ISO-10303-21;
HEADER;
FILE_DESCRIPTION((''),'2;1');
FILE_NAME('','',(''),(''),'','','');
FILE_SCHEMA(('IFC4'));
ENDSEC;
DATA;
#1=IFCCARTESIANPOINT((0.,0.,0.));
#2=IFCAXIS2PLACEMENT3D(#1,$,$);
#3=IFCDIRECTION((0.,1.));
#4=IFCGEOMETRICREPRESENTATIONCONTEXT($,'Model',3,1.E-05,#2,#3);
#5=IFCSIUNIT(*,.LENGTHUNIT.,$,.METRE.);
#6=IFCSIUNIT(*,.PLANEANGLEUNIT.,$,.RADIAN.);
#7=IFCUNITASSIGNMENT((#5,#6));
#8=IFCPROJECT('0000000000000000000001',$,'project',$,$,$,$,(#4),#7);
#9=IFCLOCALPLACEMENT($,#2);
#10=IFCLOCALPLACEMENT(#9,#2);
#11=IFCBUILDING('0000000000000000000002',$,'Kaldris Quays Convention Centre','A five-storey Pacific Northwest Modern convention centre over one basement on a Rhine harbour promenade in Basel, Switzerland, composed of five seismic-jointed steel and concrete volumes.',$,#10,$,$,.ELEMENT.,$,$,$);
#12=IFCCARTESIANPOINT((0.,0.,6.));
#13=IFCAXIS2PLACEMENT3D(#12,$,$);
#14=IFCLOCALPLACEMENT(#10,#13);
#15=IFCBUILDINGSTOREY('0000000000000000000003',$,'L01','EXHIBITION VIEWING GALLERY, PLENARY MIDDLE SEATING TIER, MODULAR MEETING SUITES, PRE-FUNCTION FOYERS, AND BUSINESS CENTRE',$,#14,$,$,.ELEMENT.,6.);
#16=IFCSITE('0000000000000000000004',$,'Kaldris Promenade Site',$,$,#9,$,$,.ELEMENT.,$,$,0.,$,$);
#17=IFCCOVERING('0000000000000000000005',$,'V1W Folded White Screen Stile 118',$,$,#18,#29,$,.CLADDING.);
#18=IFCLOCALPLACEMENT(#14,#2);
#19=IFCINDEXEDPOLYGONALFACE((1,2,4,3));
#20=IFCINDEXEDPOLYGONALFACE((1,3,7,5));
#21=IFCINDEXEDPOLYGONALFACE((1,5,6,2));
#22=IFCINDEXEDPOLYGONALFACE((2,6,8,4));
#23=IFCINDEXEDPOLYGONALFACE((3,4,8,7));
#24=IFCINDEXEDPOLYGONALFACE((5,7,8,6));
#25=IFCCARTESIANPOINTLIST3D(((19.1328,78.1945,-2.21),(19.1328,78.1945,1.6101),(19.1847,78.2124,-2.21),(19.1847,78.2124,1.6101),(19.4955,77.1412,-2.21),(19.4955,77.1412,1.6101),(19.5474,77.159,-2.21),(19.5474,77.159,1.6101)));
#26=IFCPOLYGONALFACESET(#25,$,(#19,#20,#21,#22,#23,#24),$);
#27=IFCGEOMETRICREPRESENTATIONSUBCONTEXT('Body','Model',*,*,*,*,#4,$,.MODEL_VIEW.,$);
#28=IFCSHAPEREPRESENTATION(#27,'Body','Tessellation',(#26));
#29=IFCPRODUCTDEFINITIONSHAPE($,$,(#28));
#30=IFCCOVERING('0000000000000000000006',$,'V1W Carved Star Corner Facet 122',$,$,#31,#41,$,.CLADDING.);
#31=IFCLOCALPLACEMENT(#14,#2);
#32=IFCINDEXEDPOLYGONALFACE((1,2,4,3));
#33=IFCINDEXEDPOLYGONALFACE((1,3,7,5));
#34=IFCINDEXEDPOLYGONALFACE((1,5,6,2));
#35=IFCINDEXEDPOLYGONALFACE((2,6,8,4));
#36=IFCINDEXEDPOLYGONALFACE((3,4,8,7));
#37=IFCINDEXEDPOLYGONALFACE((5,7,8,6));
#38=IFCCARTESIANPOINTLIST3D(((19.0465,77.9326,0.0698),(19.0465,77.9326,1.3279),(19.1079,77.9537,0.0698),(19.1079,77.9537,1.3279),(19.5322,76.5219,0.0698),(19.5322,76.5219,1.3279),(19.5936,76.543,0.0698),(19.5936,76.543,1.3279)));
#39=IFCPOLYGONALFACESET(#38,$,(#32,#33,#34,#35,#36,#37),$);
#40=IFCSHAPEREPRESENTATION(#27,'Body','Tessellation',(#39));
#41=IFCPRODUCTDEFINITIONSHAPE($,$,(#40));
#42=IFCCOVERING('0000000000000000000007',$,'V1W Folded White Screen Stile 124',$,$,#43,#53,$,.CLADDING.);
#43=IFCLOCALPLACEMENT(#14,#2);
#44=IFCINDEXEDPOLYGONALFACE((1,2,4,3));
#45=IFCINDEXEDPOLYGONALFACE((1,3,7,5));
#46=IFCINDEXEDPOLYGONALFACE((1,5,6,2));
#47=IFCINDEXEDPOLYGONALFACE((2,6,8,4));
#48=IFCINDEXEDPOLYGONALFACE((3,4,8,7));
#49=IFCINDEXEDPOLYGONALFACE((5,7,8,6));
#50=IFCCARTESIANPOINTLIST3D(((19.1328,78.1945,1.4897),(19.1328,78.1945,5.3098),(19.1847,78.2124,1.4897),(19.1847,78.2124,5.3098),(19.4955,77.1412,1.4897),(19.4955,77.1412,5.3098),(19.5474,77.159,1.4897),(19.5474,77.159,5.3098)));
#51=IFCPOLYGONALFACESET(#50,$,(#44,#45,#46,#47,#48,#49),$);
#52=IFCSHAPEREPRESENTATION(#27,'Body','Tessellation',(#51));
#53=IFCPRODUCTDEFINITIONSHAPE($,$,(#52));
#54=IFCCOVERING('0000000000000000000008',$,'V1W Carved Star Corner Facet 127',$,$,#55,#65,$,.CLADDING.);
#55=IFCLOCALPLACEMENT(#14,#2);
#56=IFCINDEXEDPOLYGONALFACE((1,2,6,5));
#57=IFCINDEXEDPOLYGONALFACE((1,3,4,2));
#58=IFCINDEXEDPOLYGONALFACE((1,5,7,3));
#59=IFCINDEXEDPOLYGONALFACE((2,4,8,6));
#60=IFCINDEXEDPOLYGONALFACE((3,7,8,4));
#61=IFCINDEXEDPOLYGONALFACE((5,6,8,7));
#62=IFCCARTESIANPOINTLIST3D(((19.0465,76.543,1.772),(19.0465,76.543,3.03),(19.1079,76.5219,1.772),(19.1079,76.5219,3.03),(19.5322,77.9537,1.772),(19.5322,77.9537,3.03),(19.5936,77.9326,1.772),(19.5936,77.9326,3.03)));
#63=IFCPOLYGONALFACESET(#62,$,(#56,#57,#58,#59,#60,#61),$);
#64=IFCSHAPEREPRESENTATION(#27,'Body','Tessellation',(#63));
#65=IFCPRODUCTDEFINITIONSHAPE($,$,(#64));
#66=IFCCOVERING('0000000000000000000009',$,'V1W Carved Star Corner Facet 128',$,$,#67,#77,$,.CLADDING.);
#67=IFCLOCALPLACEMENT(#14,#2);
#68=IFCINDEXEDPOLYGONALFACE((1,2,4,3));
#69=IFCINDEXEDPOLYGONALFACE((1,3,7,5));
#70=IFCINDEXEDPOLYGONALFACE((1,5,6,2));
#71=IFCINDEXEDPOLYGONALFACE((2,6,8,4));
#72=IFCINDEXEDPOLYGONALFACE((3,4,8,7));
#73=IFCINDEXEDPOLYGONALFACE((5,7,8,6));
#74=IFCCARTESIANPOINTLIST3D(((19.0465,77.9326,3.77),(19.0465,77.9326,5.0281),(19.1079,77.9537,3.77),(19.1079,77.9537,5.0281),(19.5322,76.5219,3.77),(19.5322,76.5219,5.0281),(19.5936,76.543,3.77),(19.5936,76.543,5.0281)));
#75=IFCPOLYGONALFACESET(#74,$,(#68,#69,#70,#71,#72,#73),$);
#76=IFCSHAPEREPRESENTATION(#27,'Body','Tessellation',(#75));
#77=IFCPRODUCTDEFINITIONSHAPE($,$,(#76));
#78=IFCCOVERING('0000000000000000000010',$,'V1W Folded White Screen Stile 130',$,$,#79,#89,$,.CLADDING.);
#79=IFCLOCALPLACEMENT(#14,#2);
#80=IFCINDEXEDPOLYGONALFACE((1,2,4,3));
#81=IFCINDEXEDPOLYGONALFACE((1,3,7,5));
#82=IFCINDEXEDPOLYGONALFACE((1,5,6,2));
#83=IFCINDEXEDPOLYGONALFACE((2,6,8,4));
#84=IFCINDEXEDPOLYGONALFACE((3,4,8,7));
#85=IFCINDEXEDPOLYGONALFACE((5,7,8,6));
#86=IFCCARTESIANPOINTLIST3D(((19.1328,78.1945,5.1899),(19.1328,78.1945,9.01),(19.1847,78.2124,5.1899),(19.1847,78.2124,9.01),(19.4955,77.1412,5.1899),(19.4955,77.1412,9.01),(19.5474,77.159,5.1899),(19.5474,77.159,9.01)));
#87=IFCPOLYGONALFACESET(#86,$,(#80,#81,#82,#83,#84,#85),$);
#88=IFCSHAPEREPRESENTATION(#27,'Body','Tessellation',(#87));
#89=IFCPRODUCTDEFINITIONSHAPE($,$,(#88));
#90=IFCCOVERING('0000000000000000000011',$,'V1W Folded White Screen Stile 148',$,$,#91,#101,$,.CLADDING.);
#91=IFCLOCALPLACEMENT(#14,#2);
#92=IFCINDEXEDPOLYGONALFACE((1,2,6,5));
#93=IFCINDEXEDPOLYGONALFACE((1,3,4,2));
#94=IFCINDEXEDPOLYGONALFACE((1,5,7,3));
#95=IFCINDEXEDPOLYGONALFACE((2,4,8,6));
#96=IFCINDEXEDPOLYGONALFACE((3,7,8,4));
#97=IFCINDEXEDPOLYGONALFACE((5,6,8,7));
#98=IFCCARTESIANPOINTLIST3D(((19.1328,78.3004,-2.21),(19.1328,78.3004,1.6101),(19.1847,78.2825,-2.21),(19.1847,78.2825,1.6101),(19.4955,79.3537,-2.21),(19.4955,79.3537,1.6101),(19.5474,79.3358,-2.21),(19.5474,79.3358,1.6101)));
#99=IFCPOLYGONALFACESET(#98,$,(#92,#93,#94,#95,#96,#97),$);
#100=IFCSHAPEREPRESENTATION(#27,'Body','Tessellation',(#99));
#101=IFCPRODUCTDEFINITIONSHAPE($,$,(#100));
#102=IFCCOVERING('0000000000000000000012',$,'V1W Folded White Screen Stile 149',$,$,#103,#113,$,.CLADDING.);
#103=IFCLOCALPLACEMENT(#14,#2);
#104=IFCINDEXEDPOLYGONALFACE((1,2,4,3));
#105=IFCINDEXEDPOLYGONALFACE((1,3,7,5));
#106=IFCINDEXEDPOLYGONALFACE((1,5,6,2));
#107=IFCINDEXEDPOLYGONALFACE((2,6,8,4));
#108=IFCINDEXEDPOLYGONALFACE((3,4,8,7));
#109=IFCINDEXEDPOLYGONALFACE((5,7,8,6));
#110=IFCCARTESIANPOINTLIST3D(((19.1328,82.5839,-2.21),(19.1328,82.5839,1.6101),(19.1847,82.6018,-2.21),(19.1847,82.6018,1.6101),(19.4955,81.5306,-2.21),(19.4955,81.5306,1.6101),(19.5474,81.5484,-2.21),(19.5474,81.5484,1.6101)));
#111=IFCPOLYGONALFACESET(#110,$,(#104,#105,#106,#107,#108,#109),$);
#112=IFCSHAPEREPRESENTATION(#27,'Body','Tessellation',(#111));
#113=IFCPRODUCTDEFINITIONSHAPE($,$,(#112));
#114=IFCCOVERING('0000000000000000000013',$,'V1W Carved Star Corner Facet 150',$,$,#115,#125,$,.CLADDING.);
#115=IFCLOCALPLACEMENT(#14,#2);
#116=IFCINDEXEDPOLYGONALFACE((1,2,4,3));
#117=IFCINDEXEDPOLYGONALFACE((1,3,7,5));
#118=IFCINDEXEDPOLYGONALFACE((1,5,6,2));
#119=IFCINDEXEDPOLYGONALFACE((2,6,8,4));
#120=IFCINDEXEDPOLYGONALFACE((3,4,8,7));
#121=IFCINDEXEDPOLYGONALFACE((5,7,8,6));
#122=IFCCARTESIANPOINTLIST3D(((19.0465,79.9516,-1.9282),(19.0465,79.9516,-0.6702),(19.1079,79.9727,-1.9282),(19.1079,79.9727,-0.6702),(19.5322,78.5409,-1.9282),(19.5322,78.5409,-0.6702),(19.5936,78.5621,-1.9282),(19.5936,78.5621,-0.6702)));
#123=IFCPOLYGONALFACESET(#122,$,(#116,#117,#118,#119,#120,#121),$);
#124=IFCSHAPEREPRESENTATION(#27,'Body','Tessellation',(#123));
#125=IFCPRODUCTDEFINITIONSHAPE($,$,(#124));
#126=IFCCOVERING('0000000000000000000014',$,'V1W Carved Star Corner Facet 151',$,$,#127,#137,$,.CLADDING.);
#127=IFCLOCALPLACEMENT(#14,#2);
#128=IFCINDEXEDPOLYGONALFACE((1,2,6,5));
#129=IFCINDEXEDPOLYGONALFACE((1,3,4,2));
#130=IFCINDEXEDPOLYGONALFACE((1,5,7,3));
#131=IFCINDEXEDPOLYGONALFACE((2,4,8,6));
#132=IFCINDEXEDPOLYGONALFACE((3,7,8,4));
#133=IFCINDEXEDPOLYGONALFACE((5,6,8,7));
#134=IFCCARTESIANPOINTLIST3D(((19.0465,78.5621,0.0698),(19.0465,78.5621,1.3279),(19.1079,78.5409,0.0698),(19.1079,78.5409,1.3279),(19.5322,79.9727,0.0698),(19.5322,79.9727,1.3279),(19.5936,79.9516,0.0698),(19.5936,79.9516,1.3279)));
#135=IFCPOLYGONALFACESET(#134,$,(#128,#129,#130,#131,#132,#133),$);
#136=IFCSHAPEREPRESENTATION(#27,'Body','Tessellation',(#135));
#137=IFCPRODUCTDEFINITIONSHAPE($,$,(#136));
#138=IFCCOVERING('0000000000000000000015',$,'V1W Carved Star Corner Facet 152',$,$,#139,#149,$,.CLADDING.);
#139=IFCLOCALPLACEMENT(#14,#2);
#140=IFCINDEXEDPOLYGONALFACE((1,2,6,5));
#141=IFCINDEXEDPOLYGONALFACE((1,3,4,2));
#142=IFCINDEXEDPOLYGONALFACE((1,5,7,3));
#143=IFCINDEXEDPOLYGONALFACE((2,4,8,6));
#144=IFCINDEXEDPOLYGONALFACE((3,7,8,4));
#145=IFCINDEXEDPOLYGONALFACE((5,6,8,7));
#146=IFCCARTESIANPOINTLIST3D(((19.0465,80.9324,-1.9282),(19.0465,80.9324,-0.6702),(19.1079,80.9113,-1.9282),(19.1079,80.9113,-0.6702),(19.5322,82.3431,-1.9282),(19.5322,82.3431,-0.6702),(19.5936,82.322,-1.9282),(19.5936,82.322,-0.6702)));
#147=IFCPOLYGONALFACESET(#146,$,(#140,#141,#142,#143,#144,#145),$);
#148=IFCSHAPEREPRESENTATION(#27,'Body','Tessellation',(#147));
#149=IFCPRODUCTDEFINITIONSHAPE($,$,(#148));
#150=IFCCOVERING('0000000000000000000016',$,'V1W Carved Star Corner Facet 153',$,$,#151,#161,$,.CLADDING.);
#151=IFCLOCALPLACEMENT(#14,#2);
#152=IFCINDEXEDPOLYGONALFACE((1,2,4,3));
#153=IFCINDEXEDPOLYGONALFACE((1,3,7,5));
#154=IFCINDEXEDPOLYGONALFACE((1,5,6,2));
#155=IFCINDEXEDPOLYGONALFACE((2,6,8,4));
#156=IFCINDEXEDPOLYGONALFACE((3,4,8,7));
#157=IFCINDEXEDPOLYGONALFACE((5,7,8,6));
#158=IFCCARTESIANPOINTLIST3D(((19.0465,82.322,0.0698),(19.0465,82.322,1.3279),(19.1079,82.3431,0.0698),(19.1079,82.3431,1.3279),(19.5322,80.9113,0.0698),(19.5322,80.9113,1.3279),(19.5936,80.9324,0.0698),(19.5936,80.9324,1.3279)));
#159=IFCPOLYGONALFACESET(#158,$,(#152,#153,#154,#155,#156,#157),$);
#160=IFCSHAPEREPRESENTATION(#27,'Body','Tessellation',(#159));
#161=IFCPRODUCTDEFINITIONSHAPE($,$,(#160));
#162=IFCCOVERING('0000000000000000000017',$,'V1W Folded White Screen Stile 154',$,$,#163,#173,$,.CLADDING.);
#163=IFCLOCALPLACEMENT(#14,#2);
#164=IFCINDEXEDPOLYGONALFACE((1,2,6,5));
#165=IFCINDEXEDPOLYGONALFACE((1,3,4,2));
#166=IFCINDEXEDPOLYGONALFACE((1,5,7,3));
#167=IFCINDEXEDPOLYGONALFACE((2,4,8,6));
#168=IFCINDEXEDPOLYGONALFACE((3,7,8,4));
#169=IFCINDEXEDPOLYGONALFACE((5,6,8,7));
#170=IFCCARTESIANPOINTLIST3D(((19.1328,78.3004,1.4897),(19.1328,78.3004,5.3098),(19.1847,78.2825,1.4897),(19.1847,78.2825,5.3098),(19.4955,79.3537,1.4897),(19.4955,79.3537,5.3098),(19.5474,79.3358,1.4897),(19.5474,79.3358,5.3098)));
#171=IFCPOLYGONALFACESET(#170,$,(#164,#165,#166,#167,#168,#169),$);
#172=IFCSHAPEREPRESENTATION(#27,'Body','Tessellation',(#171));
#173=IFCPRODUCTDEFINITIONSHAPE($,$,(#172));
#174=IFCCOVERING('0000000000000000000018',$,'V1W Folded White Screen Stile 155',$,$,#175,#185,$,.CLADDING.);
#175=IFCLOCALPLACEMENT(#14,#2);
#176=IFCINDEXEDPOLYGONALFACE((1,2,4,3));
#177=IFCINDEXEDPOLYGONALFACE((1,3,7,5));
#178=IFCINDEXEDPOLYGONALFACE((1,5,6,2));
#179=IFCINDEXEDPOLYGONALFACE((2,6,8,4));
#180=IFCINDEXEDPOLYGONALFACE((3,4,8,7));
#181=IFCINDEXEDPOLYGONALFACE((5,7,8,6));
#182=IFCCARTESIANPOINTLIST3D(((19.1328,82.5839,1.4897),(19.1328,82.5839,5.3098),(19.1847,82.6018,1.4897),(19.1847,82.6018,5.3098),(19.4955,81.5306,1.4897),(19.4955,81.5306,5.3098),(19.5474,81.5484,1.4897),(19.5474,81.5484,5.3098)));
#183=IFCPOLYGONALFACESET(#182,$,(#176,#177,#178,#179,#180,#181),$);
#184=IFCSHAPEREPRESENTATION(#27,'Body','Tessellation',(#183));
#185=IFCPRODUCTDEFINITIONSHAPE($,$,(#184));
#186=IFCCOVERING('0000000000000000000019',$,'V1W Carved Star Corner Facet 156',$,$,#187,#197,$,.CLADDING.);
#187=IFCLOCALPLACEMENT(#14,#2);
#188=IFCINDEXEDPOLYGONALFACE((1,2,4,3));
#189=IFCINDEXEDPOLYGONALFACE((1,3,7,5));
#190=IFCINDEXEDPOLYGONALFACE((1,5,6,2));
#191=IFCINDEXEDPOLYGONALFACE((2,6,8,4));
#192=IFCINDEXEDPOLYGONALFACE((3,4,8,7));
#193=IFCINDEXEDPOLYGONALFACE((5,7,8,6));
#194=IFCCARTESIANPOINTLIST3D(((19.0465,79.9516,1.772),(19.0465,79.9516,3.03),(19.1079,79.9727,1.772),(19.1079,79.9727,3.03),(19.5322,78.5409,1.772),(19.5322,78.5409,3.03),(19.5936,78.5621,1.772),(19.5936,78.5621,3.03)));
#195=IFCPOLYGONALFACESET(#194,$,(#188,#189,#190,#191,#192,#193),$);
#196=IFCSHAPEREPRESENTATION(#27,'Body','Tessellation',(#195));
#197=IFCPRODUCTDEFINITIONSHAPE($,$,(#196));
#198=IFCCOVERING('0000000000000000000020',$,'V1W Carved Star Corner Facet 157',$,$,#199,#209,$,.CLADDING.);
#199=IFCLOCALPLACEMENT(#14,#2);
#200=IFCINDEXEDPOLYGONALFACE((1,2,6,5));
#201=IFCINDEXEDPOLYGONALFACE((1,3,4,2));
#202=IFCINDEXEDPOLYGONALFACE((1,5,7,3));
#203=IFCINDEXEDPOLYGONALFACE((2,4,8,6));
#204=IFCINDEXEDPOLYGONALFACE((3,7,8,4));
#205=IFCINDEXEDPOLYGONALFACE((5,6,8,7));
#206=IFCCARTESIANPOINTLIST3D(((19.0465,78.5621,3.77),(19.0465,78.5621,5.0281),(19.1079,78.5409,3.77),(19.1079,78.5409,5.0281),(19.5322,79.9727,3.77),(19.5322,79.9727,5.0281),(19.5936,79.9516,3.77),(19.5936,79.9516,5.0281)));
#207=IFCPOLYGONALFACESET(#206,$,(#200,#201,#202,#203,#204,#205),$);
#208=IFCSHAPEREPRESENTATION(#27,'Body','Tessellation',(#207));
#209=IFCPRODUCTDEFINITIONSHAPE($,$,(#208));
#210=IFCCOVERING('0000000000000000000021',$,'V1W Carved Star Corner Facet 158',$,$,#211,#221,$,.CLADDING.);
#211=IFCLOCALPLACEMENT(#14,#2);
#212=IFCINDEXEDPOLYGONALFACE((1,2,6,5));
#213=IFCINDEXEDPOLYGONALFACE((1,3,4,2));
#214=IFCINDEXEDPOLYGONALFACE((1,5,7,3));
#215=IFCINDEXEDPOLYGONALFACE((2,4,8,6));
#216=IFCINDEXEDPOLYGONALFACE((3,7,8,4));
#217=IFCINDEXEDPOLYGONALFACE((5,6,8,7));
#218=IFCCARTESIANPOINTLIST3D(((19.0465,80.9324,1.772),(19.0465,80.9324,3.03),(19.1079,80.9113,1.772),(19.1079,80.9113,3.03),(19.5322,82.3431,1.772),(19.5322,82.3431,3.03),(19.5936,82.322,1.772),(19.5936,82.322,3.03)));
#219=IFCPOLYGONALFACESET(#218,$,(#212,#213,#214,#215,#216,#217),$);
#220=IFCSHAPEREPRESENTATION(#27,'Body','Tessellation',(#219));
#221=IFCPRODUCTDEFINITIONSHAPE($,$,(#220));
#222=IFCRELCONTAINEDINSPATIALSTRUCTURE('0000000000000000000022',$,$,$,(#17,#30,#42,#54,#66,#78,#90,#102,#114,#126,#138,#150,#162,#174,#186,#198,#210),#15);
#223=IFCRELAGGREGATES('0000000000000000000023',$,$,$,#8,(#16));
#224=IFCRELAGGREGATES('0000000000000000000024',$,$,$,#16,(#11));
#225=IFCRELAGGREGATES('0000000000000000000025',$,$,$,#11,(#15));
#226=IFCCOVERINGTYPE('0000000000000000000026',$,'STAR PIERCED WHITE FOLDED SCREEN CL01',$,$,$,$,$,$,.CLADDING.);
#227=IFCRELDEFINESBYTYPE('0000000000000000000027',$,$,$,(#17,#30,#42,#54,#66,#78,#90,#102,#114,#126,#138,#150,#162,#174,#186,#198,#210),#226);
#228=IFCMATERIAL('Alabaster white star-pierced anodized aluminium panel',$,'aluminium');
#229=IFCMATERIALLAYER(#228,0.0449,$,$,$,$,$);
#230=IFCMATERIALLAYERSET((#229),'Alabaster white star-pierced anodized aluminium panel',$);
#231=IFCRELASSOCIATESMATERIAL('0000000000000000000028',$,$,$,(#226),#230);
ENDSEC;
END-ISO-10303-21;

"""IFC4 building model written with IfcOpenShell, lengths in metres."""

from ifc_helpers import new_model, si_unit, direction, frame, origin, origin_2d, place, context, subcontext, project, spatial, rectangle, extrude, material, layer, layer_set, type_object, element, save


model = new_model("IFC4")

# Units and contexts
model_context = context("Model", 3, precision=1e-05, world=origin(), true_north=direction((0.0, 1.0)))
body_context = subcontext(model_context, "Body", "Model", "MODEL_VIEW")
ifc_project = project(units=[si_unit("LENGTHUNIT", "METRE"), si_unit("PLANEANGLEUNIT", "RADIAN")], contexts=[model_context])

# Site, building, storey
site_placement = place(None, origin())
site = spatial("IfcSite", under=ifc_project, at=site_placement, Name="Kaldris Promenade Site", CompositionType="ELEMENT", RefElevation=0.0)
building_placement = place(site_placement, origin())
building = spatial("IfcBuilding", under=site, at=building_placement, Name="Kaldris Quays Convention Centre", Description="A five-storey Pacific Northwest Modern convention centre over one basement on a Rhine harbour promenade in Basel, Switzerland, composed of five seismic-jointed steel and concrete volumes.", CompositionType="ELEMENT")
storey_placement = place(building_placement, frame((0.0, 0.0, 6.0)))
storey = spatial("IfcBuildingStorey", under=building, at=storey_placement, Name="L01", Description="EXHIBITION VIEWING GALLERY, PLENARY MIDDLE SEATING TIER, MODULAR MEETING SUITES, PRE-FUNCTION FOYERS, AND BUSINESS CENTRE", CompositionType="ELEMENT", Elevation=6.0)

# Coverings
ifc_material_1 = material(Name="Alabaster white star-pierced anodized aluminium panel", Category="aluminium")
ifc_layer = layer(ifc_material_1, 0.0449)
ifc_layer_set = layer_set([ifc_layer], Name="Alabaster white star-pierced anodized aluminium panel")
covering_type = type_object("IfcCoveringType", Name="STAR PIERCED WHITE FOLDED SCREEN CL01", PredefinedType="CLADDING", material=ifc_layer_set)
covering_1_placement = place(storey_placement, frame((19.3401, 77.6768, -2.21), z_axis=(0.0, 0.0, 1.0), x_axis=(-0.325568, 0.945519, 0.0)))
element("IfcCovering", 1, at=covering_1_placement, inside=storey, type_object=covering_type, Name="V1W Folded White Screen Stile 118", PredefinedType="CLADDING", context=body_context, shape_type="SweptSolid", body=[
    extrude(rectangle(XDim=1.114, YDim=0.0549, at=origin_2d()), origin(), (0.0, 0.0, 1.0), 3.8201),
])
covering_2_placement = place(storey_placement, frame((19.3201, 77.2378, 0.0698), z_axis=(0.0, 0.0, 1.0), x_axis=(-0.325568, 0.945519, 0.0)))
element("IfcCovering", 2, at=covering_2_placement, inside=storey, type_object=covering_type, Name="V1W Carved Star Corner Facet 122", PredefinedType="CLADDING", context=body_context, shape_type="SweptSolid", body=[
    extrude(rectangle(XDim=1.4919, YDim=0.0649, at=origin_2d()), origin(), (0.0, 0.0, 1.0), 1.2581),
])
covering_3_placement = place(storey_placement, frame((19.3401, 77.6768, 1.4897), z_axis=(0.0, 0.0, 1.0), x_axis=(-0.325568, 0.945519, 0.0)))
element("IfcCovering", 3, at=covering_3_placement, inside=storey, type_object=covering_type, Name="V1W Folded White Screen Stile 124", PredefinedType="CLADDING", context=body_context, shape_type="SweptSolid", body=[
    extrude(rectangle(XDim=1.114, YDim=0.0549, at=origin_2d()), origin(), (0.0, 0.0, 1.0), 3.8201),
])
for number, where, z_axis, x_axis, name in (
    (4, (19.3201, 77.2378, 1.772), (0.0, 0.0, 1.0), (0.325568, 0.945519, 0.0), "V1W Carved Star Corner Facet 127"),
    (5, (19.3201, 77.2378, 3.77), (0.0, 0.0, 1.0), (-0.325568, 0.945519, 0.0), "V1W Carved Star Corner Facet 128"),
):
    element("IfcCovering", number, at=place(storey_placement, frame(where, z_axis=z_axis, x_axis=x_axis)), inside=storey, type_object=covering_type, Name=name, PredefinedType="CLADDING", context=body_context, shape_type="SweptSolid", body=[
        extrude(rectangle(XDim=1.4919, YDim=0.0649, at=origin_2d()), origin(), (0.0, 0.0, 1.0), 1.2581),
    ])
for number, where, z_axis, x_axis, name in (
    (6, (19.3401, 77.6768, 5.1899), (0.0, 0.0, 1.0), (-0.325568, 0.945519, 0.0), "V1W Folded White Screen Stile 130"),
    (7, (19.3401, 78.8181, -2.21), (0.0, 0.0, 1.0), (0.325568, 0.945519, 0.0), "V1W Folded White Screen Stile 148"),
    (8, (19.3401, 82.0662, -2.21), (0.0, 0.0, 1.0), (-0.325568, 0.945519, 0.0), "V1W Folded White Screen Stile 149"),
):
    element("IfcCovering", number, at=place(storey_placement, frame(where, z_axis=z_axis, x_axis=x_axis)), inside=storey, type_object=covering_type, Name=name, PredefinedType="CLADDING", context=body_context, shape_type="SweptSolid", body=[
        extrude(rectangle(XDim=1.114, YDim=0.0549, at=origin_2d()), origin(), (0.0, 0.0, 1.0), 3.8201),
    ])
for number, where, z_axis, x_axis, name in (
    (9, (19.3201, 79.2568, -1.9282), (0.0, 0.0, 1.0), (-0.325568, 0.945519, 0.0), "V1W Carved Star Corner Facet 150"),
    (10, (19.3201, 79.2568, 0.0698), (0.0, 0.0, 1.0), (0.325568, 0.945519, 0.0), "V1W Carved Star Corner Facet 151"),
    (11, (19.3201, 81.6272, -1.9282), (0.0, 0.0, 1.0), (0.325568, 0.945519, 0.0), "V1W Carved Star Corner Facet 152"),
    (12, (19.3201, 81.6272, 0.0698), (0.0, 0.0, 1.0), (-0.325568, 0.945519, 0.0), "V1W Carved Star Corner Facet 153"),
):
    element("IfcCovering", number, at=place(storey_placement, frame(where, z_axis=z_axis, x_axis=x_axis)), inside=storey, type_object=covering_type, Name=name, PredefinedType="CLADDING", context=body_context, shape_type="SweptSolid", body=[
        extrude(rectangle(XDim=1.4919, YDim=0.0649, at=origin_2d()), origin(), (0.0, 0.0, 1.0), 1.2581),
    ])
for number, where, z_axis, x_axis, name in (
    (13, (19.3401, 78.8181, 1.4897), (0.0, 0.0, 1.0), (0.325568, 0.945519, 0.0), "V1W Folded White Screen Stile 154"),
    (14, (19.3401, 82.0662, 1.4897), (0.0, 0.0, 1.0), (-0.325568, 0.945519, 0.0), "V1W Folded White Screen Stile 155"),
):
    element("IfcCovering", number, at=place(storey_placement, frame(where, z_axis=z_axis, x_axis=x_axis)), inside=storey, type_object=covering_type, Name=name, PredefinedType="CLADDING", context=body_context, shape_type="SweptSolid", body=[
        extrude(rectangle(XDim=1.114, YDim=0.0549, at=origin_2d()), origin(), (0.0, 0.0, 1.0), 3.8201),
    ])
for number, where, z_axis, x_axis, name in (
    (15, (19.3201, 79.2568, 1.772), (0.0, 0.0, 1.0), (-0.325568, 0.945519, 0.0), "V1W Carved Star Corner Facet 156"),
    (16, (19.3201, 79.2568, 3.77), (0.0, 0.0, 1.0), (0.325568, 0.945519, 0.0), "V1W Carved Star Corner Facet 157"),
    (17, (19.3201, 81.6272, 1.772), (0.0, 0.0, 1.0), (0.325568, 0.945519, 0.0), "V1W Carved Star Corner Facet 158"),
):
    element("IfcCovering", number, at=place(storey_placement, frame(where, z_axis=z_axis, x_axis=x_axis)), inside=storey, type_object=covering_type, Name=name, PredefinedType="CLADDING", context=body_context, shape_type="SweptSolid", body=[
        extrude(rectangle(XDim=1.4919, YDim=0.0649, at=origin_2d()), origin(), (0.0, 0.0, 1.0), 1.2581),
    ])

save(model, "model.ifc")
